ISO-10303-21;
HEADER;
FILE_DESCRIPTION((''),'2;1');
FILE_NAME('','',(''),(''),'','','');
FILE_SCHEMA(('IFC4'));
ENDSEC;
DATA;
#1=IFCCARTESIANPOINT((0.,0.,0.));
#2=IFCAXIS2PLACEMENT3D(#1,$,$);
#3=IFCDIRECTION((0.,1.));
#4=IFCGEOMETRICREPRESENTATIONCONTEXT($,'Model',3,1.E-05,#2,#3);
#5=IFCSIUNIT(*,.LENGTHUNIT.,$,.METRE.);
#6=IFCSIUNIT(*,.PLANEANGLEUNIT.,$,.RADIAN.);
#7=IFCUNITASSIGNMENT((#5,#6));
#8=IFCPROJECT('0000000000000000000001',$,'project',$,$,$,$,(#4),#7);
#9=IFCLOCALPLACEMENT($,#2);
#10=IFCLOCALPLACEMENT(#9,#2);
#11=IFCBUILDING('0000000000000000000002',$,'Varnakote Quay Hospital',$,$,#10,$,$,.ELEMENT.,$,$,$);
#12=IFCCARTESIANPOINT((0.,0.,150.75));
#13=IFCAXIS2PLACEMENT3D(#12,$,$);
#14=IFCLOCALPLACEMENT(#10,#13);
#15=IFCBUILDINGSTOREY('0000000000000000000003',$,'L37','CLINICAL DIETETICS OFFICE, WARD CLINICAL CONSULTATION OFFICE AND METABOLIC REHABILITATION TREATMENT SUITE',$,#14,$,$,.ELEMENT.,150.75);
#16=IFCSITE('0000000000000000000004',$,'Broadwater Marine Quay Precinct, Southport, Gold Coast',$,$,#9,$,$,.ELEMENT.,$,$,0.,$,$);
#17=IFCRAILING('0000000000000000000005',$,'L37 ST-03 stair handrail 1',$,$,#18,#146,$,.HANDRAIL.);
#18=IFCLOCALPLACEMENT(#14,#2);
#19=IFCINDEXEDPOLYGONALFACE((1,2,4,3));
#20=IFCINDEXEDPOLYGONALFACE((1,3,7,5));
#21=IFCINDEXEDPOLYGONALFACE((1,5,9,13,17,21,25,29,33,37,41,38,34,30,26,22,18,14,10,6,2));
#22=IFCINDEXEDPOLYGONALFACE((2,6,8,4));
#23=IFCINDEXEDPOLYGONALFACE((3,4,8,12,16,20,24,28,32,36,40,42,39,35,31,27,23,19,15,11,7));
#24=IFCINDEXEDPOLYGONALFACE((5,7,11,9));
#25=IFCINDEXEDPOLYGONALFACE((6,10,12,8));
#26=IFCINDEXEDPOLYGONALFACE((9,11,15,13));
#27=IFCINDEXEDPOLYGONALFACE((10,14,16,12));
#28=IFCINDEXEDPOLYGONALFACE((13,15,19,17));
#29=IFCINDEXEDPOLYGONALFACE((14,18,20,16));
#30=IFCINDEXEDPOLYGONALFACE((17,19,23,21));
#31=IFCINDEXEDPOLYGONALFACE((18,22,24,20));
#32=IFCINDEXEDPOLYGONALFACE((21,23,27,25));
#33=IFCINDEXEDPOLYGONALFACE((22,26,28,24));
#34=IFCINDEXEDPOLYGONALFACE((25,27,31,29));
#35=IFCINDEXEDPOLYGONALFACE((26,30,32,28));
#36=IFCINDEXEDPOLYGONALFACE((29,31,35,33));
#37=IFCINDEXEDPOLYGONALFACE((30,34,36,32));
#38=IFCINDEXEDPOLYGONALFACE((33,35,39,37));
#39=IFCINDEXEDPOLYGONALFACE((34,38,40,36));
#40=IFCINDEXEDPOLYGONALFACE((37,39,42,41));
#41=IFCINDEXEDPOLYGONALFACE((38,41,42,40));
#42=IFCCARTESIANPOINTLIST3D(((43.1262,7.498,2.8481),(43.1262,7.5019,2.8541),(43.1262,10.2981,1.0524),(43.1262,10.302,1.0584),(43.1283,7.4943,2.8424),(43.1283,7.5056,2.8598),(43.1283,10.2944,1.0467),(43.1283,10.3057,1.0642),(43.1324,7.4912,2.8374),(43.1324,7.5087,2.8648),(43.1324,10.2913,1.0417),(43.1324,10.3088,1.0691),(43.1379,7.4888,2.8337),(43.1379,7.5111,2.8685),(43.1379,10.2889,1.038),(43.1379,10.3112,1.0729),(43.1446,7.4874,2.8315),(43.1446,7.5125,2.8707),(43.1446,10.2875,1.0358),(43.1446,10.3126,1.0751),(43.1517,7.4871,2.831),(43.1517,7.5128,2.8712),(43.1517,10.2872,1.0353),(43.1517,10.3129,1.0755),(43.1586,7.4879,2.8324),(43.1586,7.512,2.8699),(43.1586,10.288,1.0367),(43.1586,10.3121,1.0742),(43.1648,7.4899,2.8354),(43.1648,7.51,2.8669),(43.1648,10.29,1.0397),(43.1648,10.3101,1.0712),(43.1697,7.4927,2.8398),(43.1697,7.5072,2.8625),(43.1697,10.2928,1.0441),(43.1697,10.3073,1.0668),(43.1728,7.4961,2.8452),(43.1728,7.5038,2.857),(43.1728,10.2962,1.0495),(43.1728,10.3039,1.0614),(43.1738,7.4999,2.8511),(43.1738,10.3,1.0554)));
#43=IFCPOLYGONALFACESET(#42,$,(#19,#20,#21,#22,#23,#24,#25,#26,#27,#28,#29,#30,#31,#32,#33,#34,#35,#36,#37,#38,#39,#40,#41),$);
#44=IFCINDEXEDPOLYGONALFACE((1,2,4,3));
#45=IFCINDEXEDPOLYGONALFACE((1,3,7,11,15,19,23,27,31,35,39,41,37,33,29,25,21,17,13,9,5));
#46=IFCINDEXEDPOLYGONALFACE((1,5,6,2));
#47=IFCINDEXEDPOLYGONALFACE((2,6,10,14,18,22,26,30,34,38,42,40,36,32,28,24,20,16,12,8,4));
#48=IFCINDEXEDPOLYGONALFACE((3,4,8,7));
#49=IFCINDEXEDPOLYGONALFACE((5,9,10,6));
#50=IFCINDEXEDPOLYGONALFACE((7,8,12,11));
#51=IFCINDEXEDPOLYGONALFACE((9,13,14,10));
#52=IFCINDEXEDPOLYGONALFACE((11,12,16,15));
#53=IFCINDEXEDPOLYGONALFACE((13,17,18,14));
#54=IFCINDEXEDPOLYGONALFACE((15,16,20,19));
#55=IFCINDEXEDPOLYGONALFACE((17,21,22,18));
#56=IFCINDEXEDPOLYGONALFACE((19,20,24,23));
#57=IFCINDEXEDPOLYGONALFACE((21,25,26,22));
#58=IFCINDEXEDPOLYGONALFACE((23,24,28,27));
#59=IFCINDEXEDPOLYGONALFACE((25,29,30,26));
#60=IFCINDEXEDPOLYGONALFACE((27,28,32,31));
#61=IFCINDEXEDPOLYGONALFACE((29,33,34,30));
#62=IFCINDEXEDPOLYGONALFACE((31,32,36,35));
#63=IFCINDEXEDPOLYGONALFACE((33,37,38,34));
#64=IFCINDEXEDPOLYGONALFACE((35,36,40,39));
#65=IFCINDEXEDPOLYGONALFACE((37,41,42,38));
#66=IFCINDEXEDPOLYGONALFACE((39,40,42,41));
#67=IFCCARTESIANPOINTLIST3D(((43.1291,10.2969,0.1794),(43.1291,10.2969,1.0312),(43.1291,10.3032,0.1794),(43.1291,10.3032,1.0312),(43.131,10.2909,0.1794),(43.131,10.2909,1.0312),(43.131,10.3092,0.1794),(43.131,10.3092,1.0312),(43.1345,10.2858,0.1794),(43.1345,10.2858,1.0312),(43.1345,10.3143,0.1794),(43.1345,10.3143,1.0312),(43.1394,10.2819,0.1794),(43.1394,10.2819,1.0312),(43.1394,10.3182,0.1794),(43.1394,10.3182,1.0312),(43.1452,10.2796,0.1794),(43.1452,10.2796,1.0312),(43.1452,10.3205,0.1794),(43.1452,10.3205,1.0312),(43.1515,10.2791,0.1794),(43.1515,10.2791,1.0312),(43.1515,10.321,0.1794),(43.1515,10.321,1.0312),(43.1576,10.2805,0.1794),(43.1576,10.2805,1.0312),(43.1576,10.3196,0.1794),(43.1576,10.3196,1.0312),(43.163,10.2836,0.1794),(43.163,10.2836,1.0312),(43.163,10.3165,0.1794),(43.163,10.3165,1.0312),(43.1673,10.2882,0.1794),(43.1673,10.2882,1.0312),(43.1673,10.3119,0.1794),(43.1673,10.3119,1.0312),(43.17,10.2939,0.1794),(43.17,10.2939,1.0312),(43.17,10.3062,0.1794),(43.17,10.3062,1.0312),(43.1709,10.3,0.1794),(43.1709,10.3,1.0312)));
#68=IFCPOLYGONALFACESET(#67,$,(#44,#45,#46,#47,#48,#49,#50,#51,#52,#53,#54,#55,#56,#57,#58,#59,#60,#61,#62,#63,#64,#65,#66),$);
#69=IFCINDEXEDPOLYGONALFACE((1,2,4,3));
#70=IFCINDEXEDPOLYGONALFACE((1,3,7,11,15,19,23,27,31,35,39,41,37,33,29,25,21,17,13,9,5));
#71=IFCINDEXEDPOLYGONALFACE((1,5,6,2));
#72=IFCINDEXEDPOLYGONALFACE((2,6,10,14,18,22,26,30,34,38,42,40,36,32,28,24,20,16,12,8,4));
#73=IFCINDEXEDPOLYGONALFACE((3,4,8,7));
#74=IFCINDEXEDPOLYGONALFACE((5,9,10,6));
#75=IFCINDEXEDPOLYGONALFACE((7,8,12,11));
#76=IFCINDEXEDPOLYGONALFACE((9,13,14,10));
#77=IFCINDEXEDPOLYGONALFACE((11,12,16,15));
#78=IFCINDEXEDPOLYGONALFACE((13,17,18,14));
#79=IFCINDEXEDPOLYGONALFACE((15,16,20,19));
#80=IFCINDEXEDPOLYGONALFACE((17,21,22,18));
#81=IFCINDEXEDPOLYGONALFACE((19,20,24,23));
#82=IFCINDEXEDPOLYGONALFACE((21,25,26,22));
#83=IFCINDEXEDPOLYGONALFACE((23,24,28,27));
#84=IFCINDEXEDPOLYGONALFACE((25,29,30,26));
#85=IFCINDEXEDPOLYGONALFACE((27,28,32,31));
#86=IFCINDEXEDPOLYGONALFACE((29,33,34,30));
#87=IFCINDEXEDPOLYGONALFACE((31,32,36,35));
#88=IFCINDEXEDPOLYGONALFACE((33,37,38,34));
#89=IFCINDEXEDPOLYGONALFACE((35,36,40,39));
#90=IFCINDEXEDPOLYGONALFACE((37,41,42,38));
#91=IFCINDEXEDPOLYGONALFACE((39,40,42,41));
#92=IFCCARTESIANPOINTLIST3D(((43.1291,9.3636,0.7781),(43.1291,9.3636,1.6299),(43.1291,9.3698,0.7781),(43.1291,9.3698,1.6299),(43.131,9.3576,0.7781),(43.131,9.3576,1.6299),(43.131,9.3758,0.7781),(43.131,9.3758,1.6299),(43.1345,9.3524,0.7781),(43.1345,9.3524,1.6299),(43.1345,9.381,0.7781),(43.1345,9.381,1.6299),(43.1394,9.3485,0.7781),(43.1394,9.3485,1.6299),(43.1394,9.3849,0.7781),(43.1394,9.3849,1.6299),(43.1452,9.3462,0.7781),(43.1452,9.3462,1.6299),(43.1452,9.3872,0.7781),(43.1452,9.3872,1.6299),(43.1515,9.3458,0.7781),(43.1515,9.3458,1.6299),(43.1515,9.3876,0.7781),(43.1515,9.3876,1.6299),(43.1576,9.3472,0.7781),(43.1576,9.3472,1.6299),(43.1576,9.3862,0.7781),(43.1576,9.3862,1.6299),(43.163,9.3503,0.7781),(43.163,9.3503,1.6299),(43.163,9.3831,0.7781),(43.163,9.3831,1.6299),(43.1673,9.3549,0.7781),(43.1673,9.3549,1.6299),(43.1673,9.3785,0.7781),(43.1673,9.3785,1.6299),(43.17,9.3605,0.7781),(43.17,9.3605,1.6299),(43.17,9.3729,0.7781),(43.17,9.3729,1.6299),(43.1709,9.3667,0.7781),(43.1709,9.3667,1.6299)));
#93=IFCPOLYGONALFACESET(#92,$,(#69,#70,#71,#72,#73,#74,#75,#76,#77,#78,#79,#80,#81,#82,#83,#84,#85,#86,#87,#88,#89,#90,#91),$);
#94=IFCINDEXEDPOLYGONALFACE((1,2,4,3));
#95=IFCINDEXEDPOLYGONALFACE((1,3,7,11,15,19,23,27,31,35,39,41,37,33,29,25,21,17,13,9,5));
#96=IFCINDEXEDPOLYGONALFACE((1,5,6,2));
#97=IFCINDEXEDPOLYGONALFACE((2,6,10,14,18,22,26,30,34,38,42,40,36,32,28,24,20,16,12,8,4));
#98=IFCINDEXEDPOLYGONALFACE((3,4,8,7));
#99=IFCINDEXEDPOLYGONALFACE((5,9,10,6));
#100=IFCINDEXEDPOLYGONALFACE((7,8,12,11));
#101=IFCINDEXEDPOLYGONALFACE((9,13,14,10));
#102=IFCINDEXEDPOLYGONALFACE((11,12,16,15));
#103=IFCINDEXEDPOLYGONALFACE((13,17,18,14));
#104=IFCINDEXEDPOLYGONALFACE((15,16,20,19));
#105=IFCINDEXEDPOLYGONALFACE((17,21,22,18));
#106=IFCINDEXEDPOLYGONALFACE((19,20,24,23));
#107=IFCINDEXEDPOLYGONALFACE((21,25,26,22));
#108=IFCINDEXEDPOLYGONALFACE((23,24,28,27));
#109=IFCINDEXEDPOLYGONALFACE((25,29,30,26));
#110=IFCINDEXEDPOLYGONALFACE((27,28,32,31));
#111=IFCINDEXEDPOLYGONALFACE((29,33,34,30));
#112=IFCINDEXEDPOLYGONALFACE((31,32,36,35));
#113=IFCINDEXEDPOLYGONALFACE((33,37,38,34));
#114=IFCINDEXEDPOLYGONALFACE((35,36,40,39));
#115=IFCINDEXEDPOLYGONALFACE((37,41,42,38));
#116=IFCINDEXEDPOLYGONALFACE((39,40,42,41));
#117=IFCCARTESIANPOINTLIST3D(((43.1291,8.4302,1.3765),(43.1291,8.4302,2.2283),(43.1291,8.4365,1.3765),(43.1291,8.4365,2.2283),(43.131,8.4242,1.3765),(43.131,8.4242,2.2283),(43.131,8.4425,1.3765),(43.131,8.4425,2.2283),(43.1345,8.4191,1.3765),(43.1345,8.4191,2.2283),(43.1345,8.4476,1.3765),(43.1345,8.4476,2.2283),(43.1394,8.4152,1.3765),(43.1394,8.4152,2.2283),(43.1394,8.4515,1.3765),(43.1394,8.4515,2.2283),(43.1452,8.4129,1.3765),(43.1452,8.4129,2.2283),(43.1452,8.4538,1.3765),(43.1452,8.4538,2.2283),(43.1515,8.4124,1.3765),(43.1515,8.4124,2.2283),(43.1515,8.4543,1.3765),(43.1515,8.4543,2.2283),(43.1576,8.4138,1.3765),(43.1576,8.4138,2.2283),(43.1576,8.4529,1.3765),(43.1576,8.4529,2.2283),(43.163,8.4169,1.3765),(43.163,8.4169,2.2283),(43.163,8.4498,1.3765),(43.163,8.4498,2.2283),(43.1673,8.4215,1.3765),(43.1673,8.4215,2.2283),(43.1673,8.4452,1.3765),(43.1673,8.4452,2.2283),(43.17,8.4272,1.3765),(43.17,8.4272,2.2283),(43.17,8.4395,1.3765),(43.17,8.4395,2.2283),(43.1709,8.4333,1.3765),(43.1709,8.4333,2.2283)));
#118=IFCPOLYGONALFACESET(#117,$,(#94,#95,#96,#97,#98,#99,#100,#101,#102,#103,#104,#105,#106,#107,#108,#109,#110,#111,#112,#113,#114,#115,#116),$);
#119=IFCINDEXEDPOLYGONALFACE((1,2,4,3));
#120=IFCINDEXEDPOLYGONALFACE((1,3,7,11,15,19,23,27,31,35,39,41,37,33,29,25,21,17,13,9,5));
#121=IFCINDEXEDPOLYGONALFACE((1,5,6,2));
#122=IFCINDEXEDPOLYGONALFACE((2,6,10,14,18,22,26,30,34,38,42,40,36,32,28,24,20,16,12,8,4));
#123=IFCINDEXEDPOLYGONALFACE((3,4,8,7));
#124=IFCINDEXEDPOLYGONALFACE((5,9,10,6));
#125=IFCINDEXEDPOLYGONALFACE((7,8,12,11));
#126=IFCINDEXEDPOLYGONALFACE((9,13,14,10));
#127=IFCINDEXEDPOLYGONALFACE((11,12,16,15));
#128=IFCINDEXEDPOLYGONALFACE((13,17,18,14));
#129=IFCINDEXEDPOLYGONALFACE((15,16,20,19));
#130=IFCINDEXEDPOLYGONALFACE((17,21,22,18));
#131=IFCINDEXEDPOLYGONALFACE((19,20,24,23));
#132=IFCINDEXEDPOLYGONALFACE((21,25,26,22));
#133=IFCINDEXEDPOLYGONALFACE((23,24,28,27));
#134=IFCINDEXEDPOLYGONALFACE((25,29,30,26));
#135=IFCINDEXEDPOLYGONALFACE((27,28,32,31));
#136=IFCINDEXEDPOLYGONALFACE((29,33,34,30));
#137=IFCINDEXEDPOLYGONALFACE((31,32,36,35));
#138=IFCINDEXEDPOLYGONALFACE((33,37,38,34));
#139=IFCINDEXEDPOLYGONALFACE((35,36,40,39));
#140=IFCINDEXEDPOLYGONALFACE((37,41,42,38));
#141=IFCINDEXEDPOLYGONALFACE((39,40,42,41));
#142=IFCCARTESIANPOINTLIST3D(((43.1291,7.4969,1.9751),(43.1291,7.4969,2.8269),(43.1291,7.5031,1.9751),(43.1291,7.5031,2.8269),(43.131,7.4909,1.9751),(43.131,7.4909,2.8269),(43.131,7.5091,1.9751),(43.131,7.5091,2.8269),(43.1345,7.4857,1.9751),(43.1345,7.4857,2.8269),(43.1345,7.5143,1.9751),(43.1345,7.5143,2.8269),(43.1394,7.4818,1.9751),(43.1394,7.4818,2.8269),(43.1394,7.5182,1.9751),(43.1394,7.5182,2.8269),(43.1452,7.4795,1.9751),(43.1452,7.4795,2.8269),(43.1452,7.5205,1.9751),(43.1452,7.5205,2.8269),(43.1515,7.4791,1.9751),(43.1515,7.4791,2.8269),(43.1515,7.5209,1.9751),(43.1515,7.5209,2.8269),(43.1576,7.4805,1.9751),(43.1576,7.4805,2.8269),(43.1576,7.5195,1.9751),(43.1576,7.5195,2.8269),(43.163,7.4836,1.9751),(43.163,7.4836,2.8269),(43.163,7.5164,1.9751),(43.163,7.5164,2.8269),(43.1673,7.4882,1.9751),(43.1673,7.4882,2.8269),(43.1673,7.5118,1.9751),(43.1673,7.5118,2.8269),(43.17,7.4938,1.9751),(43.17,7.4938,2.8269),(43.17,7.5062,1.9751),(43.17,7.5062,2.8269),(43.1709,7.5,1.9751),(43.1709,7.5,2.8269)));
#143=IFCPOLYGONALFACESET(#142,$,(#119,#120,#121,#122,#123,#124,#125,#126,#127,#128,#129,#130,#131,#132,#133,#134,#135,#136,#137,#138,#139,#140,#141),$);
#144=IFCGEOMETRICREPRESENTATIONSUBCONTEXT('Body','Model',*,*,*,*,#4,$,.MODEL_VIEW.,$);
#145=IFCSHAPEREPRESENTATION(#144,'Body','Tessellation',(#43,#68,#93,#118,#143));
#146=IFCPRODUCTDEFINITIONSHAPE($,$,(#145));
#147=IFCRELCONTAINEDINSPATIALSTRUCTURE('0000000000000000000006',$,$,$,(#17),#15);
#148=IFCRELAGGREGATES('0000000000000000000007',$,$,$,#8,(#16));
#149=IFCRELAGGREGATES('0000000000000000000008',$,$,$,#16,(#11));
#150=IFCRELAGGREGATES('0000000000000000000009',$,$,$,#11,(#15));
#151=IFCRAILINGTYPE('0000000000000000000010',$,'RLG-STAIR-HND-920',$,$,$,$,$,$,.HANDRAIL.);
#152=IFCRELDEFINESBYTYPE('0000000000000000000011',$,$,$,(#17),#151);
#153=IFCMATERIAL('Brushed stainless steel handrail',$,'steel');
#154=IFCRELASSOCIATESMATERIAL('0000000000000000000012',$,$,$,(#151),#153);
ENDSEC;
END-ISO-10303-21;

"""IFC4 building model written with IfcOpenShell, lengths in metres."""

from ifc_helpers import new_model, si_unit, direction, frame, origin, origin_2d, place, context, subcontext, project, spatial, circle, extrude, material, type_object, element, save


model = new_model("IFC4")

# Units and contexts
model_context = context("Model", 3, precision=1e-05, world=origin(), true_north=direction((0.0, 1.0)))
body_context = subcontext(model_context, "Body", "Model", "MODEL_VIEW")
ifc_project = project(units=[si_unit("LENGTHUNIT", "METRE"), si_unit("PLANEANGLEUNIT", "RADIAN")], contexts=[model_context])

# Site, building, storey
site_placement = place(None, origin())
site = spatial("IfcSite", under=ifc_project, at=site_placement, Name="Broadwater Marine Quay Precinct, Southport, Gold Coast", CompositionType="ELEMENT", RefElevation=0.0)
building_placement = place(site_placement, origin())
building = spatial("IfcBuilding", under=site, at=building_placement, Name="Varnakote Quay Hospital", CompositionType="ELEMENT")
storey_placement = place(building_placement, frame((0.0, 0.0, 150.75)))
storey = spatial("IfcBuildingStorey", under=building, at=storey_placement, Name="L37", Description="CLINICAL DIETETICS OFFICE, WARD CLINICAL CONSULTATION OFFICE AND METABOLIC REHABILITATION TREATMENT SUITE", CompositionType="ELEMENT", Elevation=150.75)

# Railing
ifc_material_1 = material(Name="Brushed stainless steel handrail", Category="steel")
railing_type_1 = type_object("IfcRailingType", Name="RLG-STAIR-HND-920", PredefinedType="HANDRAIL", material=ifc_material_1)
railing_1_placement = place(storey_placement, frame((43.1499, 10.3, 0.1794)))
element("IfcRailing", 1, at=railing_1_placement, inside=storey, type_object=railing_type_1, Name="L37 ST-03 stair handrail 1", PredefinedType="HANDRAIL", context=body_context, shape_type="SweptSolid", body=[
    extrude(circle(Radius=0.0239, at=origin_2d()), frame((0.0, 0.0, 0.876), z_axis=(0.0, -0.841777, 0.539826), x_axis=(1.0, 0.0, 0.0)), (0.0, 0.0, 1.0), 3.3264),
    extrude(circle(Radius=0.021, at=origin_2d()), origin(), (0.0, 0.0, 1.0), 0.8518),
    extrude(circle(Radius=0.021, at=origin_2d()), frame((0.0, -0.9333, 0.5986)), (0.0, 0.0, 1.0), 0.8518),
    extrude(circle(Radius=0.021, at=origin_2d()), frame((0.0, -1.8667, 1.197)), (0.0, 0.0, 1.0), 0.8518),
    extrude(circle(Radius=0.021, at=origin_2d()), frame((0.0, -2.8, 1.7957)), (0.0, 0.0, 1.0), 0.8518),
])

save(model, "model.ifc")
